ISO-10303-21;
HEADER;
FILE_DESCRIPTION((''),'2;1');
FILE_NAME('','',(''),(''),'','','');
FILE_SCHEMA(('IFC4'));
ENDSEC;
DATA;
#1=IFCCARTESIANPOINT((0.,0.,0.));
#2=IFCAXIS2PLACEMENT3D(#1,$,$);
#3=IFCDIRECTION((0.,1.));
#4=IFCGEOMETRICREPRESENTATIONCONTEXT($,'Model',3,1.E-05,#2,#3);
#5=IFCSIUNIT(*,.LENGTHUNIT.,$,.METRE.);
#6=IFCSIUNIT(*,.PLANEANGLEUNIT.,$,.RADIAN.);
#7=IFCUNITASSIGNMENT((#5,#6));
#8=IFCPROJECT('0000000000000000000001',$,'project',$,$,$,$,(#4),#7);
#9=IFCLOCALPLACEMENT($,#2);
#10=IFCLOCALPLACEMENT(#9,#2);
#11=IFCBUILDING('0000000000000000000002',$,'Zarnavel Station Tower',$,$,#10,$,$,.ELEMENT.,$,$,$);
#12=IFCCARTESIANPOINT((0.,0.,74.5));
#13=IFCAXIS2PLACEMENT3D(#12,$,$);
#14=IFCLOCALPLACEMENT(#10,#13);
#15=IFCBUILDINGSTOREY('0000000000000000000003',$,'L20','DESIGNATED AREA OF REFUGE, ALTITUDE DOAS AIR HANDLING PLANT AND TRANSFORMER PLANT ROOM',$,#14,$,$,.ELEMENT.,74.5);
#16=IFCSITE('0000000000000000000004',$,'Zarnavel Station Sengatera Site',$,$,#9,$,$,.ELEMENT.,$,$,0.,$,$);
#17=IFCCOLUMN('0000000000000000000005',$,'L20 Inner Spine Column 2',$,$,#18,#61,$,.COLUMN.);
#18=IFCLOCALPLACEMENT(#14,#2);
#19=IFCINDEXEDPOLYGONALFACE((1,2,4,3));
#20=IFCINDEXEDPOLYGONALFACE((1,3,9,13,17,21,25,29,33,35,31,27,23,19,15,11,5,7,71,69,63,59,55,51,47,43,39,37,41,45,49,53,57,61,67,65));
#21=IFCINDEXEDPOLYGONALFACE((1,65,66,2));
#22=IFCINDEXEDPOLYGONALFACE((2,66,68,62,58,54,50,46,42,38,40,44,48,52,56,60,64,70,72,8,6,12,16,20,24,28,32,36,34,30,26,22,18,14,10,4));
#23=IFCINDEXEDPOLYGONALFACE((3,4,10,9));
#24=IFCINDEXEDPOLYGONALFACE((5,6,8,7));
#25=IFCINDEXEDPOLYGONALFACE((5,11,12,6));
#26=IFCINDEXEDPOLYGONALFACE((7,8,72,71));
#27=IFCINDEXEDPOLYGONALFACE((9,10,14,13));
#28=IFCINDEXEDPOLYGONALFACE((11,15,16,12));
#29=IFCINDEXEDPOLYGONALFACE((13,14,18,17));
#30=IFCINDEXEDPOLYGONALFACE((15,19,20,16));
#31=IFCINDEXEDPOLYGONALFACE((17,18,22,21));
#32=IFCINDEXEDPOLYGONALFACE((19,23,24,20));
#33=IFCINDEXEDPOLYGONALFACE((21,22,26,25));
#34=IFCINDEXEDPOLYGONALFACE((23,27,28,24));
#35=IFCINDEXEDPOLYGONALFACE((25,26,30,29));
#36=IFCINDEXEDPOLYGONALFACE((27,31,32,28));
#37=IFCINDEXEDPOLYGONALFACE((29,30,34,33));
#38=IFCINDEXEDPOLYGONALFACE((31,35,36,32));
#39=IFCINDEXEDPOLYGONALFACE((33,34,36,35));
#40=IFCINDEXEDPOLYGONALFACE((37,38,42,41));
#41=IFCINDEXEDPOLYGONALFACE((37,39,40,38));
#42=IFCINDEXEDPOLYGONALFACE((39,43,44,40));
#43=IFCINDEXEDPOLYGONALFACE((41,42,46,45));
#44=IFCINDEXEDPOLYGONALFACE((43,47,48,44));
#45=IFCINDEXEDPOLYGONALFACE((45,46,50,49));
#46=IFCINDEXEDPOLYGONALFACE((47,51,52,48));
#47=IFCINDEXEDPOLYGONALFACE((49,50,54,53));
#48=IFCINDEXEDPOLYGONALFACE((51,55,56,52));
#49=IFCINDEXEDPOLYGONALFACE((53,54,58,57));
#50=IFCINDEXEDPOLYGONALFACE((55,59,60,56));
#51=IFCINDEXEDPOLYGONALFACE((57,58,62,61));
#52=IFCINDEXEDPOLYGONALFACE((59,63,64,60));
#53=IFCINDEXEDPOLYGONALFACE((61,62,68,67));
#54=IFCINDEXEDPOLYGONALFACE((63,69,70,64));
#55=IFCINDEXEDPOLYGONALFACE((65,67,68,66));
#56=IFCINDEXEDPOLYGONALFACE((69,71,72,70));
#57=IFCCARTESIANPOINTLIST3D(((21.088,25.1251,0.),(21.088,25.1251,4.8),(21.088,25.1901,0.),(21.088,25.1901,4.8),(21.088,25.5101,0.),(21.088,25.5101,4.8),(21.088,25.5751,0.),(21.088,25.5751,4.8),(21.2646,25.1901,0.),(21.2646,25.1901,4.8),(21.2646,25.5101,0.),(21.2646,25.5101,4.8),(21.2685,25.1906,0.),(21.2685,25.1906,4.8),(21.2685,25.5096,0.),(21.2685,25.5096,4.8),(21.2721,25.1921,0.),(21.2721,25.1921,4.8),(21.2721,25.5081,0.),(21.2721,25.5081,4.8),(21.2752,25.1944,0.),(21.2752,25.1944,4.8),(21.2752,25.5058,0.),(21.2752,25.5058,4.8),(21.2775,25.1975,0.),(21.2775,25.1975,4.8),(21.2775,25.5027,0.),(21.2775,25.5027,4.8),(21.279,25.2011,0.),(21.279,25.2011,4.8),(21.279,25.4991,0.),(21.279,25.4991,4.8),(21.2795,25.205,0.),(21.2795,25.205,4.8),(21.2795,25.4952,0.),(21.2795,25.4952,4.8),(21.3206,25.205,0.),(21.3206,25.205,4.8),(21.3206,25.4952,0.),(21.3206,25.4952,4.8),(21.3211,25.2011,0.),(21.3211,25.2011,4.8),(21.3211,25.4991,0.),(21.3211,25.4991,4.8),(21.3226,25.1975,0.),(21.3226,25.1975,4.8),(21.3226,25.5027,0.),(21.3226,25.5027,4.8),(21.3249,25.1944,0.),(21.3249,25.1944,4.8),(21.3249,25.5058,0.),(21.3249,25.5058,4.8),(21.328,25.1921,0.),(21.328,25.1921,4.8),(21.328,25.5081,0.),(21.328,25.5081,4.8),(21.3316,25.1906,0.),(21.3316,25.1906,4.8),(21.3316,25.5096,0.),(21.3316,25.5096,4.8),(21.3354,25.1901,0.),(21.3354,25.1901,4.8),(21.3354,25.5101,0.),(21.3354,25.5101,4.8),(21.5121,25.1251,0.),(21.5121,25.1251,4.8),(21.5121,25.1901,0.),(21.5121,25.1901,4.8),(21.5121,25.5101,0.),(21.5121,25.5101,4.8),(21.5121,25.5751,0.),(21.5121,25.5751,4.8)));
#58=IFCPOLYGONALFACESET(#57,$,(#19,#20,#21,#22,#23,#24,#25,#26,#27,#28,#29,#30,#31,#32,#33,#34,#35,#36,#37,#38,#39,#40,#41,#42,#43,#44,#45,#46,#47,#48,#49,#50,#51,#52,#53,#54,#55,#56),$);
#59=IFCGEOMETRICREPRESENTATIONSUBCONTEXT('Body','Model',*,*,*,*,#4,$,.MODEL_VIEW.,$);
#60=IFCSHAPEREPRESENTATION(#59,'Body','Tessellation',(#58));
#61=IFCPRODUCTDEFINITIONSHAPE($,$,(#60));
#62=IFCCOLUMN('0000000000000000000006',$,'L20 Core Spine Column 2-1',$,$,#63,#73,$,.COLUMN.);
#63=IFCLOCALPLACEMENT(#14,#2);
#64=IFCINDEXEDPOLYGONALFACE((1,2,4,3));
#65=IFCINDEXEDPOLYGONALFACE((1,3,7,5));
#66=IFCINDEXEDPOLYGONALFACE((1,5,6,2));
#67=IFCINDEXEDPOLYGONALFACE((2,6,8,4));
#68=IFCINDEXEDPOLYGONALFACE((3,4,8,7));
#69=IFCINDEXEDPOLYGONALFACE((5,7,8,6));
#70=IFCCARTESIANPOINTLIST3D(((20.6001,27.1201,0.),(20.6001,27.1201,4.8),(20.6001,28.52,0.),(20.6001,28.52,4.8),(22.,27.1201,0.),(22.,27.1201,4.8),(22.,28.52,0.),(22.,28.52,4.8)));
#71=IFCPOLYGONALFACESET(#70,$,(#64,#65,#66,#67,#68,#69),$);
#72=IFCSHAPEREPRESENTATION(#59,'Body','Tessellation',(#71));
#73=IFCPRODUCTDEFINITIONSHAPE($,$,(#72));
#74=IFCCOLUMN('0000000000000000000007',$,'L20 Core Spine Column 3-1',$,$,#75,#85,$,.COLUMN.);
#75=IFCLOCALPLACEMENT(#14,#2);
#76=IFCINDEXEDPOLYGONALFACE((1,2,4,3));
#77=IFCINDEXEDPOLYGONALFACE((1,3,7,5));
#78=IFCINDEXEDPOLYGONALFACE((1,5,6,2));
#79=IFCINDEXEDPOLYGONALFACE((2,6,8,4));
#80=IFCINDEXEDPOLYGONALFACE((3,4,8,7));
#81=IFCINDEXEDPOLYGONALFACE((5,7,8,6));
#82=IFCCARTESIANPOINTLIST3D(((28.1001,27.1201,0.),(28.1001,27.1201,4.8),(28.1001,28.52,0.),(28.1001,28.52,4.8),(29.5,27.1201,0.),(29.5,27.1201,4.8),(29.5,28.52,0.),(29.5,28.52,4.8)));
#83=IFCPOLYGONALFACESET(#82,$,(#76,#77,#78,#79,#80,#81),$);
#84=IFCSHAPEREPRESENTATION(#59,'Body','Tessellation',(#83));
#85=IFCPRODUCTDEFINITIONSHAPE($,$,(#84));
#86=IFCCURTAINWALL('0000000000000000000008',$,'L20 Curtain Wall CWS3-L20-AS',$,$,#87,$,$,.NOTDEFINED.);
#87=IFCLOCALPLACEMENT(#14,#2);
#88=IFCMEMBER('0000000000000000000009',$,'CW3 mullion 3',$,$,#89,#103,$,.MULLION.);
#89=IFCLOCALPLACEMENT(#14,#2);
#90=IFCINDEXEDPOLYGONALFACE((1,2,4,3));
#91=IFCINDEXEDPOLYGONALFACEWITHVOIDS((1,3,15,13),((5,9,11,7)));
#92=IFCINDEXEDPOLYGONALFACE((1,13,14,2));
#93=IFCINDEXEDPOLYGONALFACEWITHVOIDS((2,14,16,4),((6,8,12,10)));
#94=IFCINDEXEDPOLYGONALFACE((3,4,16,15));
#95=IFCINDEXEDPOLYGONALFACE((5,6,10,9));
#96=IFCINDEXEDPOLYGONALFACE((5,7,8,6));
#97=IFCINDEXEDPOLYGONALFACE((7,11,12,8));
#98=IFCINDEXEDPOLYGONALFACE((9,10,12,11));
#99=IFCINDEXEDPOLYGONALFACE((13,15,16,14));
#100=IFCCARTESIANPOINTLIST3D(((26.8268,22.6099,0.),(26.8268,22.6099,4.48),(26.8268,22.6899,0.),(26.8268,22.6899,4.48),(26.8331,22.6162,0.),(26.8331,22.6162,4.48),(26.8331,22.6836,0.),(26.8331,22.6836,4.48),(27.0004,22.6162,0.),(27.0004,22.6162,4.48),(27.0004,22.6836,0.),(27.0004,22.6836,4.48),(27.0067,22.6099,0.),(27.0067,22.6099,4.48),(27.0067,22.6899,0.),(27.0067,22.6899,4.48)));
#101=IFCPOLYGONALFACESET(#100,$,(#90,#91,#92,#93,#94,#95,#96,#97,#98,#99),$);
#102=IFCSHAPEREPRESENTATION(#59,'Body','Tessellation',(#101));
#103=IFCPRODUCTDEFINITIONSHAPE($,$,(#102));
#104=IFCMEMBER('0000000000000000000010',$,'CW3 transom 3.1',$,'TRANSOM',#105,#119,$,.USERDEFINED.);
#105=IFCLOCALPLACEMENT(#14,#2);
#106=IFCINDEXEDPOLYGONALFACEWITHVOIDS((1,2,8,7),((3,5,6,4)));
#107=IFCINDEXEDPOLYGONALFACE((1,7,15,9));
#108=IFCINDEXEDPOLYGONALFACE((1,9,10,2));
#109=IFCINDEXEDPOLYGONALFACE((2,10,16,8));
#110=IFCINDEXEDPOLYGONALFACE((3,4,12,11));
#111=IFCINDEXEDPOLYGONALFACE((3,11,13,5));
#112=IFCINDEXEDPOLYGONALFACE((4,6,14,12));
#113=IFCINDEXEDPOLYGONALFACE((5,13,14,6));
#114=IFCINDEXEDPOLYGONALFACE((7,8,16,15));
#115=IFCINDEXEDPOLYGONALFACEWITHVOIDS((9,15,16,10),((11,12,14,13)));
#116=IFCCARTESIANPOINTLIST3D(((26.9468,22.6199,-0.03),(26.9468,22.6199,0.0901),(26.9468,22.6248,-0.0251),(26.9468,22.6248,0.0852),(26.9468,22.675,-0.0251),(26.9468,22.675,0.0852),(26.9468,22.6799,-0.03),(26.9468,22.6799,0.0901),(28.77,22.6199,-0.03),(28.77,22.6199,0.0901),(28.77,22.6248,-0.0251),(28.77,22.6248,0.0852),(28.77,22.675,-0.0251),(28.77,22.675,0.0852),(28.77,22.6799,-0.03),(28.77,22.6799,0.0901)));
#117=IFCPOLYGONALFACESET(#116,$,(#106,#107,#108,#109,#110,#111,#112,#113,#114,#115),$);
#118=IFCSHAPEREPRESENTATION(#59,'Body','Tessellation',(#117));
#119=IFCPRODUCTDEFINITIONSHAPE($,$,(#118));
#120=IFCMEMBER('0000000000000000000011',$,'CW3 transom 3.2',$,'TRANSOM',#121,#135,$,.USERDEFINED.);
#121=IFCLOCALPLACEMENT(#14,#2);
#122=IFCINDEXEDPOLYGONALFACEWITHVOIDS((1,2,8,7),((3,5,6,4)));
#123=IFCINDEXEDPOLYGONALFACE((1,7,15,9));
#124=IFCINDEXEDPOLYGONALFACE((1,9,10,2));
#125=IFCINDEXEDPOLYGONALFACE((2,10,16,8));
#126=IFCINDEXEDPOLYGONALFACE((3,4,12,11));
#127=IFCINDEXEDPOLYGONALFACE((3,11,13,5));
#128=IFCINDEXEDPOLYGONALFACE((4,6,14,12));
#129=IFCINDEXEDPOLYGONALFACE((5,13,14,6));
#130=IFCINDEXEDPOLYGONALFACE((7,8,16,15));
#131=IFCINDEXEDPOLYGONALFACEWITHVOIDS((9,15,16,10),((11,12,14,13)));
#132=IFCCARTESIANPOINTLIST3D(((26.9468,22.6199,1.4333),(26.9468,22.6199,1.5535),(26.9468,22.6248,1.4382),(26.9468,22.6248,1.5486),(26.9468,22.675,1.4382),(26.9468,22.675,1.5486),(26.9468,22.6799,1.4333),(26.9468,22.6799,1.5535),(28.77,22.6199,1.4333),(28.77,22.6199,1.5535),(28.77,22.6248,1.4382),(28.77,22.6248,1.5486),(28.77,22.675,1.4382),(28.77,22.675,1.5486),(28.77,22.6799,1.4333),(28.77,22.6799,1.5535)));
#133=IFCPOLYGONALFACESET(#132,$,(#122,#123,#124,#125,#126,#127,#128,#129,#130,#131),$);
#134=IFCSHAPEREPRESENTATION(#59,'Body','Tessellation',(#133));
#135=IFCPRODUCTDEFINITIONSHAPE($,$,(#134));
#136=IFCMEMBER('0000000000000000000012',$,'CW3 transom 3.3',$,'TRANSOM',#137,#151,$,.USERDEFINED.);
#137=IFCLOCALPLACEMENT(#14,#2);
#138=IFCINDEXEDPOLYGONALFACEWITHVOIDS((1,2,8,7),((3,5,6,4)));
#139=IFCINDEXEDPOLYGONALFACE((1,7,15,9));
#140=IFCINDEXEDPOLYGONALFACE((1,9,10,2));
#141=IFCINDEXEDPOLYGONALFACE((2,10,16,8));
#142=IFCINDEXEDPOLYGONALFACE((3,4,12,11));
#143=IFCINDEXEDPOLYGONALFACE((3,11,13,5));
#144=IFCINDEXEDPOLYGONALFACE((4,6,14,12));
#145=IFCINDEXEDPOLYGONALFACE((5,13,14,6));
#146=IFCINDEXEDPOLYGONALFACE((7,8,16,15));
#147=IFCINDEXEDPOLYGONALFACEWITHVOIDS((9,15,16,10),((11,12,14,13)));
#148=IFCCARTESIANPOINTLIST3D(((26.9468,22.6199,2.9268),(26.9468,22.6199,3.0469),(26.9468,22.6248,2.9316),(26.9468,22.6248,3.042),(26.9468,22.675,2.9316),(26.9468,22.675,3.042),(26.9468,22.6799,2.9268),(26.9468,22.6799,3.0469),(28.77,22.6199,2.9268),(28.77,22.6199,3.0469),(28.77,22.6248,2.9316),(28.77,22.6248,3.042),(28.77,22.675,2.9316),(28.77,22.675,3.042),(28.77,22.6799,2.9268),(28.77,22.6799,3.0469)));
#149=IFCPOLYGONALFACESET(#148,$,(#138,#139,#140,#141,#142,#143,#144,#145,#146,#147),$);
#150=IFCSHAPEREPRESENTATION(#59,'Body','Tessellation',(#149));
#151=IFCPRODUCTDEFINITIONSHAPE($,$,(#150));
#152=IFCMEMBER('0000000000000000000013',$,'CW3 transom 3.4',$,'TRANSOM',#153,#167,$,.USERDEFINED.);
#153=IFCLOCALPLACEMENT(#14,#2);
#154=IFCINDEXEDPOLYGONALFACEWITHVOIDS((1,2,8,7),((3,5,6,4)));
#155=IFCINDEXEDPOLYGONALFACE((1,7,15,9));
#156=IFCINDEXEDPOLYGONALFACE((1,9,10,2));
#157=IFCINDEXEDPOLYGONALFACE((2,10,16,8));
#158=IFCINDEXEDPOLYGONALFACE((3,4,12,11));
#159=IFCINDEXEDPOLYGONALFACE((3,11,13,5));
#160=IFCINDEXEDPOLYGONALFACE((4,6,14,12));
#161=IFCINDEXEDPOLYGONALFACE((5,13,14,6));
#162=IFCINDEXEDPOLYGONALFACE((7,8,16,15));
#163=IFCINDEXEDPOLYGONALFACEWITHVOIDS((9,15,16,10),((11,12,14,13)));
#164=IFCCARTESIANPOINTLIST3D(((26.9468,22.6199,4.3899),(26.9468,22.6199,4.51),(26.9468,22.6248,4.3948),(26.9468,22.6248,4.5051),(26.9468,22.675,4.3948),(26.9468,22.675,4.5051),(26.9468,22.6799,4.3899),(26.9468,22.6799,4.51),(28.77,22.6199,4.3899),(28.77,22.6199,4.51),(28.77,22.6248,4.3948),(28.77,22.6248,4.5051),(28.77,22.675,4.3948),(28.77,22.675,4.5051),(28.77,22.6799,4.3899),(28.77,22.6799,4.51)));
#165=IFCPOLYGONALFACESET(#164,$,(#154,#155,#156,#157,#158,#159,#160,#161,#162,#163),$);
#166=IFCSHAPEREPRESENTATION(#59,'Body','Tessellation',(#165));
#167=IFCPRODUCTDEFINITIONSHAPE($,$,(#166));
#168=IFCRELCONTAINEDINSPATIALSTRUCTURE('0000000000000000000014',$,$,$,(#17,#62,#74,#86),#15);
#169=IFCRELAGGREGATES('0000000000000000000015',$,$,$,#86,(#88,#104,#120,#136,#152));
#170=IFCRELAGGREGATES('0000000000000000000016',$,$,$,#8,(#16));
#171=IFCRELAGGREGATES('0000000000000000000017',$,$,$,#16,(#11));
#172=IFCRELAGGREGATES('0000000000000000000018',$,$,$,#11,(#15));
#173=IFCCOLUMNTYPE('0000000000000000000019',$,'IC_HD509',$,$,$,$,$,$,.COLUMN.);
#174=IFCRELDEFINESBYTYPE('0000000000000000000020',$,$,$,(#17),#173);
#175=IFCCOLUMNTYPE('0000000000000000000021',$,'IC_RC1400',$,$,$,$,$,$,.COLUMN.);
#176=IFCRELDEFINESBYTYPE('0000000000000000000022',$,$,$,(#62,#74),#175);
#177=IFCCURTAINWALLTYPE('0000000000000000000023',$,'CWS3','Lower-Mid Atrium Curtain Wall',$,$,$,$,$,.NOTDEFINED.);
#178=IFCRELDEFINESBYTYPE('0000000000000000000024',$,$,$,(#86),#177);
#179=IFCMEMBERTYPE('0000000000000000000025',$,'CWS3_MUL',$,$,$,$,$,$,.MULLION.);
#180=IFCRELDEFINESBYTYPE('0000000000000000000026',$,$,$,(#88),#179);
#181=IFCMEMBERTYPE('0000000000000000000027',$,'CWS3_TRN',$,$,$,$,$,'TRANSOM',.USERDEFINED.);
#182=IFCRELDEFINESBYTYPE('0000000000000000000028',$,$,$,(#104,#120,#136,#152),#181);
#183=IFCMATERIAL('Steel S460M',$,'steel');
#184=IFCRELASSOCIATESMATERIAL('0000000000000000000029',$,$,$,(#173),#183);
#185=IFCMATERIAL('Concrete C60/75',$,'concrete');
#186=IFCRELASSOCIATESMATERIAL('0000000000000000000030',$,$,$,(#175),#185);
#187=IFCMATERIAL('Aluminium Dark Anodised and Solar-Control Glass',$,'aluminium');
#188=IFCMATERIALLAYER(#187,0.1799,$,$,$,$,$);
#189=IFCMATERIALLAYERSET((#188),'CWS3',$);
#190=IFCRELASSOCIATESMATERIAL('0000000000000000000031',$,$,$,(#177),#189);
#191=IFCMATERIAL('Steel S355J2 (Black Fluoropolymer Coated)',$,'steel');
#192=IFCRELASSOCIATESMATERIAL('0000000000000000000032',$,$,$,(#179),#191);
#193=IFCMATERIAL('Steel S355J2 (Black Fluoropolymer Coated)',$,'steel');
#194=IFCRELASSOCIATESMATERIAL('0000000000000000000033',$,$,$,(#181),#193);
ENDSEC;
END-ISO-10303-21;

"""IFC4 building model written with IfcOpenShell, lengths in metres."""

from ifc_helpers import new_model, si_unit, direction, frame, origin, origin_2d, place, context, subcontext, project, spatial, rectangle, hollow_rectangle, i_section, extrude, material, layer, layer_set, material_profile, profile_set, type_object, element, aggregate, save


model = new_model("IFC4")

# Units and contexts
model_context = context("Model", 3, precision=1e-05, world=origin(), true_north=direction((0.0, 1.0)))
body_context = subcontext(model_context, "Body", "Model", "MODEL_VIEW")
ifc_project = project(units=[si_unit("LENGTHUNIT", "METRE"), si_unit("PLANEANGLEUNIT", "RADIAN")], contexts=[model_context])

# Site, building, storey
site_placement = place(None, origin())
site = spatial("IfcSite", under=ifc_project, at=site_placement, Name="Zarnavel Station Sengatera Site", CompositionType="ELEMENT", RefElevation=0.0)
building_placement = place(site_placement, origin())
building = spatial("IfcBuilding", under=site, at=building_placement, Name="Zarnavel Station Tower", CompositionType="ELEMENT")
storey_placement = place(building_placement, frame((0.0, 0.0, 74.5)))
storey = spatial("IfcBuildingStorey", under=building, at=storey_placement, Name="L20", Description="DESIGNATED AREA OF REFUGE, ALTITUDE DOAS AIR HANDLING PLANT AND TRANSFORMER PLANT ROOM", CompositionType="ELEMENT", Elevation=74.5)

# Columns
ifc_material_1 = material(Name="Steel S460M", Category="steel")
ifc_material_profile_1 = material_profile(ifc_material_1, i_section(OverallWidth=0.4241, OverallDepth=0.45, WebThickness=0.041, FlangeThickness=0.0649, FilletRadius=0.0149, at=origin_2d()), Name="HD400x509")
ifc_profile_set_1 = profile_set([ifc_material_profile_1], Name="Steel S460M")
column_type_1 = type_object("IfcColumnType", Name="IC_HD509", PredefinedType="COLUMN", material=ifc_profile_set_1)
column_placement = place(storey_placement, frame((21.3, 25.3501, 0.0), z_axis=(0.0, 0.0, 1.0), x_axis=(1.0, 0.0, 0.0)))
element("IfcColumn", 1, at=column_placement, inside=storey, type_object=column_type_1, Name="L20 Inner Spine Column 2", PredefinedType="COLUMN", context=body_context, shape_type="SweptSolid", body=[
    extrude(i_section(OverallWidth=0.4241, OverallDepth=0.45, WebThickness=0.041, FlangeThickness=0.0649, FilletRadius=0.0149, at=origin_2d()), origin(), (0.0, 0.0, 1.0), 4.8),
])
ifc_material_2 = material(Name="Concrete C60/75", Category="concrete")
ifc_material_profile_2 = material_profile(ifc_material_2, rectangle(XDim=1.3999, YDim=1.3999, at=origin_2d()), Name="RC1400x1400")
ifc_profile_set_2 = profile_set([ifc_material_profile_2], Name="Concrete C60/75")
column_type_2 = type_object("IfcColumnType", Name="IC_RC1400", PredefinedType="COLUMN", material=ifc_profile_set_2)
for number, where, z_axis, x_axis, name in (
    (2, (21.3, 27.8201, 0.0), (0.0, 0.0, 1.0), (1.0, 0.0, 0.0), "L20 Core Spine Column 2-1"),
    (3, (28.8, 27.8201, 0.0), (0.0, 0.0, 1.0), (1.0, 0.0, 0.0), "L20 Core Spine Column 3-1"),
):
    element("IfcColumn", number, at=place(storey_placement, frame(where, z_axis=z_axis, x_axis=x_axis)), inside=storey, type_object=column_type_2, Name=name, PredefinedType="COLUMN", context=body_context, shape_type="SweptSolid", body=[
        extrude(rectangle(XDim=1.3999, YDim=1.3999, at=origin_2d()), origin(), (0.0, 0.0, 1.0), 4.8),
    ])

# Curtain wall, members
ifc_material_3 = material(Name="Aluminium Dark Anodised and Solar-Control Glass", Category="aluminium")
ifc_layer_1 = layer(ifc_material_3, 0.1799)
ifc_layer_set_1 = layer_set([ifc_layer_1], Name="CWS3")
curtain_wall_type = type_object("IfcCurtainWallType", Name="CWS3", Description="Lower-Mid Atrium Curtain Wall", PredefinedType="NOTDEFINED", material=ifc_layer_set_1)
curtain_wall_placement = place(storey_placement, origin())
curtain_wall = element("IfcCurtainWall", 4, at=curtain_wall_placement, inside=storey, type_object=curtain_wall_type, Name="L20 Curtain Wall CWS3-L20-AS", PredefinedType="NOTDEFINED")
ifc_material_4 = material(Name="Steel S355J2 (Black Fluoropolymer Coated)", Category="steel")
ifc_material_profile_3 = material_profile(ifc_material_4, hollow_rectangle(XDim=0.0801, YDim=0.1799, WallThickness=0.0063, at=origin_2d()), Name="RHS180x80x6.3")
ifc_profile_set_3 = profile_set([ifc_material_profile_3], Name="Steel S355J2 (Black Fluoropolymer Coated)")
member_type_1 = type_object("IfcMemberType", Name="CWS3_MUL", PredefinedType="MULLION", material=ifc_profile_set_3)
member_1_placement = place(storey_placement, frame((26.9167, 22.6499, 0.0), z_axis=(0.0, 0.0, 1.0), x_axis=(0.0, 1.0, 0.0)))
member_1 = element("IfcMember", 5, at=member_1_placement, type_object=member_type_1, Name="CW3 mullion 3", PredefinedType="MULLION", context=body_context, shape_type="SweptSolid", body=[
    extrude(hollow_rectangle(XDim=0.0801, YDim=0.1799, WallThickness=0.0063, at=origin_2d()), origin(), (0.0, 0.0, 1.0), 4.48),
])
ifc_material_5 = material(Name="Steel S355J2 (Black Fluoropolymer Coated)", Category="steel")
ifc_material_profile_4 = material_profile(ifc_material_5, hollow_rectangle(XDim=0.0601, YDim=0.1201, WallThickness=0.0049, at=origin_2d()), Name="RHS120x60x5")
ifc_profile_set_4 = profile_set([ifc_material_profile_4], Name="Steel S355J2 (Black Fluoropolymer Coated)")
member_type_2 = type_object("IfcMemberType", Name="CWS3_TRN", ElementType="TRANSOM", PredefinedType="USERDEFINED", material=ifc_profile_set_4)
member_2_placement = place(storey_placement, frame((26.9468, 22.6499, 0.03), z_axis=(1.0, 0.0, 0.0), x_axis=(0.0, 1.0, 0.0)))
member_2 = element("IfcMember", 6, at=member_2_placement, type_object=member_type_2, Name="CW3 transom 3.1", ObjectType="TRANSOM", PredefinedType="USERDEFINED", context=body_context, shape_type="SweptSolid", body=[
    extrude(hollow_rectangle(XDim=0.0601, YDim=0.1201, WallThickness=0.0049, at=origin_2d()), origin(), (0.0, 0.0, 1.0), 1.8232),
])
member_3_placement = place(storey_placement, frame((26.9468, 22.6499, 1.4934), z_axis=(1.0, 0.0, 0.0), x_axis=(0.0, 1.0, 0.0)))
member_3 = element("IfcMember", 7, at=member_3_placement, type_object=member_type_2, Name="CW3 transom 3.2", ObjectType="TRANSOM", PredefinedType="USERDEFINED", context=body_context, shape_type="SweptSolid", body=[
    extrude(hollow_rectangle(XDim=0.0601, YDim=0.1201, WallThickness=0.0049, at=origin_2d()), origin(), (0.0, 0.0, 1.0), 1.8232),
])
member_4_placement = place(storey_placement, frame((26.9468, 22.6499, 2.9868), z_axis=(1.0, 0.0, 0.0), x_axis=(0.0, 1.0, 0.0)))
member_4 = element("IfcMember", 8, at=member_4_placement, type_object=member_type_2, Name="CW3 transom 3.3", ObjectType="TRANSOM", PredefinedType="USERDEFINED", context=body_context, shape_type="SweptSolid", body=[
    extrude(hollow_rectangle(XDim=0.0601, YDim=0.1201, WallThickness=0.0049, at=origin_2d()), origin(), (0.0, 0.0, 1.0), 1.8232),
])
member_5_placement = place(storey_placement, frame((26.9468, 22.6499, 4.45), z_axis=(1.0, 0.0, 0.0), x_axis=(0.0, 1.0, 0.0)))
member_5 = element("IfcMember", 9, at=member_5_placement, type_object=member_type_2, Name="CW3 transom 3.4", ObjectType="TRANSOM", PredefinedType="USERDEFINED", context=body_context, shape_type="SweptSolid", body=[
    extrude(hollow_rectangle(XDim=0.0601, YDim=0.1201, WallThickness=0.0049, at=origin_2d()), origin(), (0.0, 0.0, 1.0), 1.8232),
])

aggregate(curtain_wall, [member_1, member_2, member_3, member_4, member_5])

save(model, "model.ifc")
